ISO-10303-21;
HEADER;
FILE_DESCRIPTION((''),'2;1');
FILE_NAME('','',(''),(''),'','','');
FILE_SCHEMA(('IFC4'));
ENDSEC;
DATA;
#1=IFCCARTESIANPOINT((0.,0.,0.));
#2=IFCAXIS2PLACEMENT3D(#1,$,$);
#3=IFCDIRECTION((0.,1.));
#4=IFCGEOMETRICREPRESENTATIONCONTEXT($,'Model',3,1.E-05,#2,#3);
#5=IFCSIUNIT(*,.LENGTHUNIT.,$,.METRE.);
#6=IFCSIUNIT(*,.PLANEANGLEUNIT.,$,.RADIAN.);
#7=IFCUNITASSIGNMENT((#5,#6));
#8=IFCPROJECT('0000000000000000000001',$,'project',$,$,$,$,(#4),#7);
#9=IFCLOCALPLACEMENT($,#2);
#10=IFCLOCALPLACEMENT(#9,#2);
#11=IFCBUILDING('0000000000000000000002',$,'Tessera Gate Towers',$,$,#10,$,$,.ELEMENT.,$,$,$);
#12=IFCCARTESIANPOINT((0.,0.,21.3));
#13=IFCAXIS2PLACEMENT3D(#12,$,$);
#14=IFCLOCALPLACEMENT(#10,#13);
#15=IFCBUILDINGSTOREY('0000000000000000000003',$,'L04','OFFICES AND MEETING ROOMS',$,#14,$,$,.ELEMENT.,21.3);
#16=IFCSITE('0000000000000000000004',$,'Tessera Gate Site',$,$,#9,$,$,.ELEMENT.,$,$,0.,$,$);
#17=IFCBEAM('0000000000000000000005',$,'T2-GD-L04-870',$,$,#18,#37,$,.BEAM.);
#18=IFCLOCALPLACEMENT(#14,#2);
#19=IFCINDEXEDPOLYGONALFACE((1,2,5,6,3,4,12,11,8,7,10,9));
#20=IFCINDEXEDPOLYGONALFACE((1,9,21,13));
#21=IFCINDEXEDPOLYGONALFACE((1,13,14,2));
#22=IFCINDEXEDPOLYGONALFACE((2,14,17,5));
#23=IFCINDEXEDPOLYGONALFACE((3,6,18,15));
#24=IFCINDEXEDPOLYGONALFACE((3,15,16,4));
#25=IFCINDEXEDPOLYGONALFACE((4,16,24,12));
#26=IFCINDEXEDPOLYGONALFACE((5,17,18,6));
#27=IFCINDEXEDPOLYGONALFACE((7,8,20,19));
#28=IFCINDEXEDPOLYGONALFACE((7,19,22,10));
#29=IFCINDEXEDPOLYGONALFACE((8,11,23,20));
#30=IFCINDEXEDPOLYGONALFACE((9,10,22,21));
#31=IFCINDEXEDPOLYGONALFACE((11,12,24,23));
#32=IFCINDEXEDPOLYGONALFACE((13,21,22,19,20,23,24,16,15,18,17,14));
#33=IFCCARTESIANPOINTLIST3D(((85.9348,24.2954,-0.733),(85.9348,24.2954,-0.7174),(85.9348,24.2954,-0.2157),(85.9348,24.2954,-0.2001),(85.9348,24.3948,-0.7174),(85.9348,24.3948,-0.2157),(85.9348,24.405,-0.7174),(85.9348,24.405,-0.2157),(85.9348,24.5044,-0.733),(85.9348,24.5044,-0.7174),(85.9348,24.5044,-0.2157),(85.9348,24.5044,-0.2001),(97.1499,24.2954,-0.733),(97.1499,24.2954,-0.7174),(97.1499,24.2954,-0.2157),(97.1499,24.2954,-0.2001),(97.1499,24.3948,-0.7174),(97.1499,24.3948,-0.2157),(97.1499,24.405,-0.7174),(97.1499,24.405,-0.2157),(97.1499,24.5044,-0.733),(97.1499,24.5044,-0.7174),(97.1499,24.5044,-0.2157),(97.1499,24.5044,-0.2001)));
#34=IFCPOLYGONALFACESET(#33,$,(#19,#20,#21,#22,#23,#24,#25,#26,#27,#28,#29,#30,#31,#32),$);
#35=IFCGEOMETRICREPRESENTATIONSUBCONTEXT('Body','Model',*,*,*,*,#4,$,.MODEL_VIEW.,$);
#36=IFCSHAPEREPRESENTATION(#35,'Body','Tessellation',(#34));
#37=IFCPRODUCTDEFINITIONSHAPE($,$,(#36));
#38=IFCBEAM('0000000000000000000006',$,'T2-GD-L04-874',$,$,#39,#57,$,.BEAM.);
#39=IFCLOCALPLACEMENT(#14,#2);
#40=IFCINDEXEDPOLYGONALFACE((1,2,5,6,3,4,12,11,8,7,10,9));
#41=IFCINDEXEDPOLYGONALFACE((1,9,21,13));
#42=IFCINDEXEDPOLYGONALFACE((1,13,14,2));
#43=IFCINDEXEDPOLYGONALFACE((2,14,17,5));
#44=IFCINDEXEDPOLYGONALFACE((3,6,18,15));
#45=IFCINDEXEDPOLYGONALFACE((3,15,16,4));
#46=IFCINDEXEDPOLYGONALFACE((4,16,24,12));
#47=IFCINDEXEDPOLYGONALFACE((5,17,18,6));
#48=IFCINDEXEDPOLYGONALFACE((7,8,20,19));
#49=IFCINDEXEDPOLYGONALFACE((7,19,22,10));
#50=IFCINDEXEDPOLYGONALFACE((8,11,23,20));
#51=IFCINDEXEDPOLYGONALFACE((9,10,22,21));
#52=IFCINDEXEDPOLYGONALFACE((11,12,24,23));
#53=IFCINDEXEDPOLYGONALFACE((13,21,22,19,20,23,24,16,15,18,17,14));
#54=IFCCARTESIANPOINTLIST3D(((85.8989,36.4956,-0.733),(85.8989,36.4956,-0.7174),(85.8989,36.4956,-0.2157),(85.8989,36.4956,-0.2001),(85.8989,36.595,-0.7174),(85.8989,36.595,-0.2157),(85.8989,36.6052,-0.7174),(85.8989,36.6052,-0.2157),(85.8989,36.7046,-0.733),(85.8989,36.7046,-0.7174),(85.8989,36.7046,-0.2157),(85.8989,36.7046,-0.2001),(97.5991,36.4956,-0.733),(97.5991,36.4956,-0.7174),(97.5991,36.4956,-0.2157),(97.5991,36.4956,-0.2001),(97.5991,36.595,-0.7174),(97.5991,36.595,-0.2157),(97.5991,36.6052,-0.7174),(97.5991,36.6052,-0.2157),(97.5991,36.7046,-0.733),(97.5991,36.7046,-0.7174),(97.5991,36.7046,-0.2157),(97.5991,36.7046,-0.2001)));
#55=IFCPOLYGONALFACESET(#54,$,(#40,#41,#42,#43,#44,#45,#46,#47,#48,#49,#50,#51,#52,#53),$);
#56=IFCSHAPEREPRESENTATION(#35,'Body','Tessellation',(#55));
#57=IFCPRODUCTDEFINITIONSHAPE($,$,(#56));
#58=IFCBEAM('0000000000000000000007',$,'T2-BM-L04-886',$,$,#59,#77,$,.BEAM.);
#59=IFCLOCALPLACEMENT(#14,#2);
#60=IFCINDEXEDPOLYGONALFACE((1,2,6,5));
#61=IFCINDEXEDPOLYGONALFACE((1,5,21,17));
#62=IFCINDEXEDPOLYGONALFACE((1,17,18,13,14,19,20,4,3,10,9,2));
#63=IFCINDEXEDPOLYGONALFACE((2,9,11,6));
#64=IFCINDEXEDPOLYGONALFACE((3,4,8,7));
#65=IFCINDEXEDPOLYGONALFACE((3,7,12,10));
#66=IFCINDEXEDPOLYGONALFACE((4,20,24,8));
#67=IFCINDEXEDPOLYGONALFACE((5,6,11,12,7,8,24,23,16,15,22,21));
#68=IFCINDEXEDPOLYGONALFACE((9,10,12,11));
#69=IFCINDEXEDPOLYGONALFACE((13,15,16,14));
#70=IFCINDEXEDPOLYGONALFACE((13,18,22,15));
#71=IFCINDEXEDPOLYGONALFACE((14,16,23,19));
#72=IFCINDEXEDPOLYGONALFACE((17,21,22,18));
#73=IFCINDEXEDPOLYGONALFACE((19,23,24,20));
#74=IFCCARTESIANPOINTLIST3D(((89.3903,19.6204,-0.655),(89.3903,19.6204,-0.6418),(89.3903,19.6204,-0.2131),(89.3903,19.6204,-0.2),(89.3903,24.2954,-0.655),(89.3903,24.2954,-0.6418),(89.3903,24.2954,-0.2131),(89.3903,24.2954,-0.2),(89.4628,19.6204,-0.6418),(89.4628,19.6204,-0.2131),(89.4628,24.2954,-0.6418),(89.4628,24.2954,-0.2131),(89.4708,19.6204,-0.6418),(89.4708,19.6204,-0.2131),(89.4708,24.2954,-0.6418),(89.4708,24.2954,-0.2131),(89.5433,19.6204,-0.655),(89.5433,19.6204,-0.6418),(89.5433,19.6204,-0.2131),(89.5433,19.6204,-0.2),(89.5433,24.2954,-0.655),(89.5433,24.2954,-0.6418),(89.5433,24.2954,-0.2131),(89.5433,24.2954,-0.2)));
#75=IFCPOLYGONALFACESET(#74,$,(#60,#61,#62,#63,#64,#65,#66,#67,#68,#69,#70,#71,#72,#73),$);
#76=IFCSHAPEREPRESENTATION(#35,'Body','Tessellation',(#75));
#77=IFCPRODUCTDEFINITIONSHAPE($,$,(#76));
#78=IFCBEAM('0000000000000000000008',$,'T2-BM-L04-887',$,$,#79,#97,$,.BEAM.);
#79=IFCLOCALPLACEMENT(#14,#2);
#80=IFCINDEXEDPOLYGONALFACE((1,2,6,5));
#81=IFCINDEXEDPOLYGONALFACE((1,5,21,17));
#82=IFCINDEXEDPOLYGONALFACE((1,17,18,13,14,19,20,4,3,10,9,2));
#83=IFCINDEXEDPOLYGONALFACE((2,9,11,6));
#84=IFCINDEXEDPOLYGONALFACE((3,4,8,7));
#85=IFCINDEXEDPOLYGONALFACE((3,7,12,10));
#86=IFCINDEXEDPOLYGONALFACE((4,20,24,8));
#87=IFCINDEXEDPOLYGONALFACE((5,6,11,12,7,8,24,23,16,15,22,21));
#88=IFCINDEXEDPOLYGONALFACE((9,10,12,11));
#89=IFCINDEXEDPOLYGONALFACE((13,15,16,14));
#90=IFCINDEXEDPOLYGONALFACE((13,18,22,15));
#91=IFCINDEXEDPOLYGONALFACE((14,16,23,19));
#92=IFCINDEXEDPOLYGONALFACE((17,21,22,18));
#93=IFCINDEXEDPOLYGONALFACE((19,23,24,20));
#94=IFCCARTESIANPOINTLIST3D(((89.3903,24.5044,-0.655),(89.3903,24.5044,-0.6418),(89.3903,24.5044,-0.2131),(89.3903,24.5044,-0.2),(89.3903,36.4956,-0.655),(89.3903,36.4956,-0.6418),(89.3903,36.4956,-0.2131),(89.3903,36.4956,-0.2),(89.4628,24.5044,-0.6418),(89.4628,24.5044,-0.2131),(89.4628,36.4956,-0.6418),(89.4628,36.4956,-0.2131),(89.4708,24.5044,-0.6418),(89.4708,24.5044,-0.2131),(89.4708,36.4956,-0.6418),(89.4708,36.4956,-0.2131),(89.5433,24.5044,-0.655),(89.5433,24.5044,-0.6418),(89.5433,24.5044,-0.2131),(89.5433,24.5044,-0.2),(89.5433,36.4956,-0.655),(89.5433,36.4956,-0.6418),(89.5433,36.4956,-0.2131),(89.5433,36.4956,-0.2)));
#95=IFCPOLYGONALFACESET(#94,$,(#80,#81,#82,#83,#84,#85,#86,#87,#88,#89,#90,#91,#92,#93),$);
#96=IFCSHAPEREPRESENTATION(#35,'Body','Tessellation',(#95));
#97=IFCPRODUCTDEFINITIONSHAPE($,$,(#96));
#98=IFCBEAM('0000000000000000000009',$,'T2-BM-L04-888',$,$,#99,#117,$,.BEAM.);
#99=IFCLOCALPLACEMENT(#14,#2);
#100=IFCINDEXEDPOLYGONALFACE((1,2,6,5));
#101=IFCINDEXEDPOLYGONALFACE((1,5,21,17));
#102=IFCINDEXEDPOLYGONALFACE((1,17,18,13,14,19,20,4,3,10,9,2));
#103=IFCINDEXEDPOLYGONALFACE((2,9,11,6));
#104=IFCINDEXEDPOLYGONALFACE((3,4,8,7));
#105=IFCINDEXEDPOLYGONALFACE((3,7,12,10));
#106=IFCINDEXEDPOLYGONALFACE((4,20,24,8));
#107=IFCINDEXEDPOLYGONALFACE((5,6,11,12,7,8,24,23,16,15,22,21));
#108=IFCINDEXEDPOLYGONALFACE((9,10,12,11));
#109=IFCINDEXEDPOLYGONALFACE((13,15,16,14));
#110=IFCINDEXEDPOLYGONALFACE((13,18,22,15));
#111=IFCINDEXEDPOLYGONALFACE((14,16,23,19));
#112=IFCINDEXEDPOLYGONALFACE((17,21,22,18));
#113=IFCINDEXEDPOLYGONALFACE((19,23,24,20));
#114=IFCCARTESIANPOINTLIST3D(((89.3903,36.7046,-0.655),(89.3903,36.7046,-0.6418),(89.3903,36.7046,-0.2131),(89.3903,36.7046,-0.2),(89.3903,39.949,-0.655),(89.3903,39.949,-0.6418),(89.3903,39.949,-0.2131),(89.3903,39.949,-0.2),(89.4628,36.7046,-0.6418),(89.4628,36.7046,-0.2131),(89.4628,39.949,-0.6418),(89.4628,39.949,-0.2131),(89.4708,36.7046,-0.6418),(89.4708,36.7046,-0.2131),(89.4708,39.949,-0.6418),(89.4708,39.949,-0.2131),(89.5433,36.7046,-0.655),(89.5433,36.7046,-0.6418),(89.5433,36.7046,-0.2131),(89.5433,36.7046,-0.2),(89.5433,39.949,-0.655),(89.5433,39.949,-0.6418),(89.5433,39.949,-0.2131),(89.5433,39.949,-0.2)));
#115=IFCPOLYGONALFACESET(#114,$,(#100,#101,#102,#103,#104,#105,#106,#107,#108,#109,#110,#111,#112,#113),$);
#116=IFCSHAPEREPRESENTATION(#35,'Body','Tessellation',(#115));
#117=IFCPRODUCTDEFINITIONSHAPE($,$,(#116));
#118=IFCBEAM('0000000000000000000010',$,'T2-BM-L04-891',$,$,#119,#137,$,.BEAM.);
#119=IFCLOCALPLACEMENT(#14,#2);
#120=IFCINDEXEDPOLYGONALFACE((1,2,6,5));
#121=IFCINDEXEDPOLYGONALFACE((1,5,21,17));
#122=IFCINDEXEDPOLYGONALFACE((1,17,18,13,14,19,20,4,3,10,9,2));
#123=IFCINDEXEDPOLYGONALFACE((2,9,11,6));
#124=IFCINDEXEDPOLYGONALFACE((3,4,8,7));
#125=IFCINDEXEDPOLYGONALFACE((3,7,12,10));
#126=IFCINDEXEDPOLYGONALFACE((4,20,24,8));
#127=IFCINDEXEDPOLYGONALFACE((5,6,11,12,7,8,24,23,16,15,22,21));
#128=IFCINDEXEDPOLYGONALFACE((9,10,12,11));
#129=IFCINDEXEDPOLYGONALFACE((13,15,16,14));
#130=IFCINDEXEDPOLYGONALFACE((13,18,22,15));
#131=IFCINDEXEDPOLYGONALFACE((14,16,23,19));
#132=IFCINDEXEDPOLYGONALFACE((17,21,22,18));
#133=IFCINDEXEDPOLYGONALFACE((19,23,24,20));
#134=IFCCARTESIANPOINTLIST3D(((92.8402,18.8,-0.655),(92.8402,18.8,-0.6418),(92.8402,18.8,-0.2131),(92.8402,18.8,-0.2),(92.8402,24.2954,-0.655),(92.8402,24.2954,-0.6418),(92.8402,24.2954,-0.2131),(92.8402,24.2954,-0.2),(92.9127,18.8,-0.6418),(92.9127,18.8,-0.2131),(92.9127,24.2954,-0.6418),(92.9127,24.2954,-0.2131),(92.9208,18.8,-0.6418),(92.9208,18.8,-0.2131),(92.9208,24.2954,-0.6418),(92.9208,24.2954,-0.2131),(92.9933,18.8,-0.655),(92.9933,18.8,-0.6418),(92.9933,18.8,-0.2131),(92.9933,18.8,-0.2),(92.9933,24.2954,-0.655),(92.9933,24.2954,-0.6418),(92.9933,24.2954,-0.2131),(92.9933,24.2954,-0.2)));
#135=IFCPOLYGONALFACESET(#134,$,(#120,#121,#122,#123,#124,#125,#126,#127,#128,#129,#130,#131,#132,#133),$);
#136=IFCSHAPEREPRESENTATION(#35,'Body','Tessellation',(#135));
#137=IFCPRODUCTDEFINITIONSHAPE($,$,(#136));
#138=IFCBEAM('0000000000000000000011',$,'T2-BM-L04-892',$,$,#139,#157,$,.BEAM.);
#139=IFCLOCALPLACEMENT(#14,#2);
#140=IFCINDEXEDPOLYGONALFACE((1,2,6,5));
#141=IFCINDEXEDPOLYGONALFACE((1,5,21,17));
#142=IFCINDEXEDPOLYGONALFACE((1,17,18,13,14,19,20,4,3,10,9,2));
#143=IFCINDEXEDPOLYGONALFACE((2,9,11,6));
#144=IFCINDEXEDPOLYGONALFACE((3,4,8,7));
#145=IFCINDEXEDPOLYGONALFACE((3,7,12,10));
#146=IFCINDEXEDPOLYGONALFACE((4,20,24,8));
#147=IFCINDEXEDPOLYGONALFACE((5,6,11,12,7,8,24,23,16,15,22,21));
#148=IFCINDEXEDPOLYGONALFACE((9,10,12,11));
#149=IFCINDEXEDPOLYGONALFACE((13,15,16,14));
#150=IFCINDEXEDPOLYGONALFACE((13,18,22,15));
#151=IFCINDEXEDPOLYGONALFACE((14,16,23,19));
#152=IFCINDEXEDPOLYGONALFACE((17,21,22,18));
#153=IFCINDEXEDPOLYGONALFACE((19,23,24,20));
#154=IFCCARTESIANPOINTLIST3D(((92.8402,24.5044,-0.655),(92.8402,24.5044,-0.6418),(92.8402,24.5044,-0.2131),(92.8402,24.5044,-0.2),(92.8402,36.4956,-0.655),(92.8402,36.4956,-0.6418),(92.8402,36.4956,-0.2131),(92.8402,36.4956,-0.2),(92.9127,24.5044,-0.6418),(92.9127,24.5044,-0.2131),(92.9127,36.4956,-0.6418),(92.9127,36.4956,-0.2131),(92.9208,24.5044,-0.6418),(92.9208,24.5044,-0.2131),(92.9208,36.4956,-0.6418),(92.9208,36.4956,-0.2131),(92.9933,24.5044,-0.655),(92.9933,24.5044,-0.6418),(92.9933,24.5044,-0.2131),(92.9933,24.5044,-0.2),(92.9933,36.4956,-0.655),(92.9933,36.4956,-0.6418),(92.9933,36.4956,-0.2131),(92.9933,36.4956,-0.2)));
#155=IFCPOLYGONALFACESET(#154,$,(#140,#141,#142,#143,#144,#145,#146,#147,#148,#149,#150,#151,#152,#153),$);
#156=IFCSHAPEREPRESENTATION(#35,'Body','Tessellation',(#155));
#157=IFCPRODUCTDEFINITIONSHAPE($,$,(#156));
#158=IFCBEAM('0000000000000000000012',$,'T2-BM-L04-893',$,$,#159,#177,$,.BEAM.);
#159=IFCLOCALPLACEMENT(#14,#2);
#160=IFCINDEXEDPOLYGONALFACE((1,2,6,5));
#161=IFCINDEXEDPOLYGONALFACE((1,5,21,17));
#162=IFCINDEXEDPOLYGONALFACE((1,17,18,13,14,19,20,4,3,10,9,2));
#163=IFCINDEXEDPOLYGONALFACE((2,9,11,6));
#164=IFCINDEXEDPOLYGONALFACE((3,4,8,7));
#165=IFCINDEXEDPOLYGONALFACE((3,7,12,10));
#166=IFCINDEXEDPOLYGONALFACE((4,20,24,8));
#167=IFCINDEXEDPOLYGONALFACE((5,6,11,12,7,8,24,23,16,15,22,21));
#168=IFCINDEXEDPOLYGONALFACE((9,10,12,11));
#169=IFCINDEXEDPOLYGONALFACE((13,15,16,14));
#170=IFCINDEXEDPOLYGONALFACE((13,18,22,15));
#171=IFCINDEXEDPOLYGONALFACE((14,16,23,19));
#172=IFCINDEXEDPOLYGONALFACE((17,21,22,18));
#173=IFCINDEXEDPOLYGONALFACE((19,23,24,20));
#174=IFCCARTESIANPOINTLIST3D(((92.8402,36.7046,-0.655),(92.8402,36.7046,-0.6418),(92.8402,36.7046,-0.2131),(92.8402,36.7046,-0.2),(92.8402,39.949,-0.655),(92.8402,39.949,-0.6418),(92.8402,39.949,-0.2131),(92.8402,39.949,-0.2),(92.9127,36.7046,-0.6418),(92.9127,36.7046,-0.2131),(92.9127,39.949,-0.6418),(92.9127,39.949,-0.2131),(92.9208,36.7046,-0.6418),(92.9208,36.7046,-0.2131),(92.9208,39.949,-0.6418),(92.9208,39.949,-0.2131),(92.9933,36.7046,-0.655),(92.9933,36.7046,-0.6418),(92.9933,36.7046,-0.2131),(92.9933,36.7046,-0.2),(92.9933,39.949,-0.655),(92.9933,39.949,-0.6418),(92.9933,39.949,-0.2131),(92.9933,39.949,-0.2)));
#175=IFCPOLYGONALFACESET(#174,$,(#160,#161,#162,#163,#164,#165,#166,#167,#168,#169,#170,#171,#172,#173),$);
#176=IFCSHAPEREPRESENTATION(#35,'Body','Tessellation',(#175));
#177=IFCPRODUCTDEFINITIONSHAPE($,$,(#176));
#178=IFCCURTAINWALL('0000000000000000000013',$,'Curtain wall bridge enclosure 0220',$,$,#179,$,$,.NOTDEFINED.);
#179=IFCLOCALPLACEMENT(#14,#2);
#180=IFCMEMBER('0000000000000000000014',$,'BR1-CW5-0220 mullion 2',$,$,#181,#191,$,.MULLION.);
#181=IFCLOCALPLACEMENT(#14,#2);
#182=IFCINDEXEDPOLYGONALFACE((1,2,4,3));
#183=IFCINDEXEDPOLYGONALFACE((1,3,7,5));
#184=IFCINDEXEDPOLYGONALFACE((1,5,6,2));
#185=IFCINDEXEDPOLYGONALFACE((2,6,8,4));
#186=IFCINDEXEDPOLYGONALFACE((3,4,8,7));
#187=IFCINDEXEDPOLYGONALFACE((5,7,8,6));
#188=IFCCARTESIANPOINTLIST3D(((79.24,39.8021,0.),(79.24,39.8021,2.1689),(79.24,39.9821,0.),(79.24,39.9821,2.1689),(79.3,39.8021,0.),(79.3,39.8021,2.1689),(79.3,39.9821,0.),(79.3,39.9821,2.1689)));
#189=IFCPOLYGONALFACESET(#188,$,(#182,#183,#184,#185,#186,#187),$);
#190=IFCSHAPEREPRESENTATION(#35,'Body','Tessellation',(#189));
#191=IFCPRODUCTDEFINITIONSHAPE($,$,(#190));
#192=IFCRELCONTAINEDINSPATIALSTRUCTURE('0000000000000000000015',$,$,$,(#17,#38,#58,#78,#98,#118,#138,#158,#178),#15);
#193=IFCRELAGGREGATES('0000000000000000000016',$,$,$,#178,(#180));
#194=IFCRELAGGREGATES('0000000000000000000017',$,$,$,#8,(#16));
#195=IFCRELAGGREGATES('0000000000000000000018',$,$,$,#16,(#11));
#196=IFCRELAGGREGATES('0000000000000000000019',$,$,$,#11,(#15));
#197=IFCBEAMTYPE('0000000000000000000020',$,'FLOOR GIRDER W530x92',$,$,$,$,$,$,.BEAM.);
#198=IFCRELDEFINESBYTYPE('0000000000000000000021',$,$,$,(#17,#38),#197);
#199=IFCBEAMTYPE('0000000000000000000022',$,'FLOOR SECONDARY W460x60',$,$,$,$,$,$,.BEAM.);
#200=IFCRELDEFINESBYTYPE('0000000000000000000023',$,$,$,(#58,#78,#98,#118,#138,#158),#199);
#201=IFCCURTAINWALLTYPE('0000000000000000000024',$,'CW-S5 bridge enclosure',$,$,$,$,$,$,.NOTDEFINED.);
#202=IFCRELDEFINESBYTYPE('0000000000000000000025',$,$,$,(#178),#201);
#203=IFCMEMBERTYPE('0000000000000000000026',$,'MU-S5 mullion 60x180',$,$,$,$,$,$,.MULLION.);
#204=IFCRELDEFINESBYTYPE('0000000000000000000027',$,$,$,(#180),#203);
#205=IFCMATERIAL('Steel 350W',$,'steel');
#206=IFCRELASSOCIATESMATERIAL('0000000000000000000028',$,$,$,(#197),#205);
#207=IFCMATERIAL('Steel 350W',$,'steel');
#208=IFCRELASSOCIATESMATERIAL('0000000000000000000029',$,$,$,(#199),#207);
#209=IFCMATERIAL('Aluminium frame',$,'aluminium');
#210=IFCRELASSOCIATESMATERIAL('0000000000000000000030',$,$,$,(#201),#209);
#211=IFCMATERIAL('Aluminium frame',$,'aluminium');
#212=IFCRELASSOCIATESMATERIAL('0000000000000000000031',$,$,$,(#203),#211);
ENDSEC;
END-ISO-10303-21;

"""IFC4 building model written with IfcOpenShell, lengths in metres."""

from ifc_helpers import new_model, si_unit, direction, frame, origin, origin_2d, place, context, subcontext, project, spatial, rectangle, i_section, extrude, material, material_profile, profile_set, type_object, element, aggregate, save


model = new_model("IFC4")

# Units and contexts
model_context = context("Model", 3, precision=1e-05, world=origin(), true_north=direction((0.0, 1.0)))
body_context = subcontext(model_context, "Body", "Model", "MODEL_VIEW")
ifc_project = project(units=[si_unit("LENGTHUNIT", "METRE"), si_unit("PLANEANGLEUNIT", "RADIAN")], contexts=[model_context])

# Site, building, storey
site_placement = place(None, origin())
site = spatial("IfcSite", under=ifc_project, at=site_placement, Name="Tessera Gate Site", CompositionType="ELEMENT", RefElevation=0.0)
building_placement = place(site_placement, origin())
building = spatial("IfcBuilding", under=site, at=building_placement, Name="Tessera Gate Towers", CompositionType="ELEMENT")
storey_placement = place(building_placement, frame((0.0, 0.0, 21.3)))
storey = spatial("IfcBuildingStorey", under=building, at=storey_placement, Name="L04", Description="OFFICES AND MEETING ROOMS", CompositionType="ELEMENT", Elevation=21.3)

# Beams
ifc_material_1 = material(Name="Steel 350W", Category="steel")
ifc_material_profile_1 = material_profile(ifc_material_1, i_section(OverallWidth=0.209, OverallDepth=0.533, WebThickness=0.0103, FlangeThickness=0.0156, at=origin_2d()), Name="W530x92")
ifc_profile_set_1 = profile_set([ifc_material_profile_1], Name="Steel 350W")
beam_type_1 = type_object("IfcBeamType", Name="FLOOR GIRDER W530x92", PredefinedType="BEAM", material=ifc_profile_set_1)
beam_1_placement = place(storey_placement, frame((85.9348, 24.3999, -0.4666), z_axis=(1.0, 0.0, 0.0), x_axis=(0.0, 1.0, 0.0)))
element("IfcBeam", 1, at=beam_1_placement, inside=storey, type_object=beam_type_1, Name="T2-GD-L04-870", PredefinedType="BEAM", context=body_context, shape_type="SweptSolid", body=[
    extrude(i_section(OverallWidth=0.209, OverallDepth=0.533, WebThickness=0.0103, FlangeThickness=0.0156, at=origin_2d()), origin(), (0.0, 0.0, 1.0), 11.2151),
])
beam_2_placement = place(storey_placement, frame((85.8989, 36.6001, -0.4666), z_axis=(1.0, 0.0, 0.0), x_axis=(0.0, 1.0, 0.0)))
element("IfcBeam", 2, at=beam_2_placement, inside=storey, type_object=beam_type_1, Name="T2-GD-L04-874", PredefinedType="BEAM", context=body_context, shape_type="SweptSolid", body=[
    extrude(i_section(OverallWidth=0.209, OverallDepth=0.533, WebThickness=0.0103, FlangeThickness=0.0156, at=origin_2d()), origin(), (0.0, 0.0, 1.0), 11.7002),
])
ifc_material_2 = material(Name="Steel 350W", Category="steel")
ifc_material_profile_2 = material_profile(ifc_material_2, i_section(OverallWidth=0.1531, OverallDepth=0.4551, WebThickness=0.0081, FlangeThickness=0.0132, at=origin_2d()), Name="W460x60")
ifc_profile_set_2 = profile_set([ifc_material_profile_2], Name="Steel 350W")
beam_type_2 = type_object("IfcBeamType", Name="FLOOR SECONDARY W460x60", PredefinedType="BEAM", material=ifc_profile_set_2)
beam_3_placement = place(storey_placement, frame((89.4668, 19.6204, -0.4275), z_axis=(0.0, 1.0, 0.0), x_axis=(-1.0, 0.0, 0.0)))
element("IfcBeam", 3, at=beam_3_placement, inside=storey, type_object=beam_type_2, Name="T2-BM-L04-886", PredefinedType="BEAM", context=body_context, shape_type="SweptSolid", body=[
    extrude(i_section(OverallWidth=0.1531, OverallDepth=0.4551, WebThickness=0.0081, FlangeThickness=0.0132, at=origin_2d()), origin(), (0.0, 0.0, 1.0), 4.675),
])
beam_4_placement = place(storey_placement, frame((89.4668, 24.5044, -0.4275), z_axis=(0.0, 1.0, 0.0), x_axis=(-1.0, 0.0, 0.0)))
element("IfcBeam", 4, at=beam_4_placement, inside=storey, type_object=beam_type_2, Name="T2-BM-L04-887", PredefinedType="BEAM", context=body_context, shape_type="SweptSolid", body=[
    extrude(i_section(OverallWidth=0.1531, OverallDepth=0.4551, WebThickness=0.0081, FlangeThickness=0.0132, at=origin_2d()), origin(), (0.0, 0.0, 1.0), 11.9912),
])
beam_5_placement = place(storey_placement, frame((89.4668, 36.7046, -0.4275), z_axis=(0.0, 1.0, 0.0), x_axis=(-1.0, 0.0, 0.0)))
element("IfcBeam", 5, at=beam_5_placement, inside=storey, type_object=beam_type_2, Name="T2-BM-L04-888", PredefinedType="BEAM", context=body_context, shape_type="SweptSolid", body=[
    extrude(i_section(OverallWidth=0.1531, OverallDepth=0.4551, WebThickness=0.0081, FlangeThickness=0.0132, at=origin_2d()), origin(), (0.0, 0.0, 1.0), 3.2444),
])
beam_6_placement = place(storey_placement, frame((92.9167, 18.8, -0.4275), z_axis=(0.0, 1.0, 0.0), x_axis=(-1.0, 0.0, 0.0)))
element("IfcBeam", 6, at=beam_6_placement, inside=storey, type_object=beam_type_2, Name="T2-BM-L04-891", PredefinedType="BEAM", context=body_context, shape_type="SweptSolid", body=[
    extrude(i_section(OverallWidth=0.1531, OverallDepth=0.4551, WebThickness=0.0081, FlangeThickness=0.0132, at=origin_2d()), origin(), (0.0, 0.0, 1.0), 5.4954),
])
beam_7_placement = place(storey_placement, frame((92.9167, 24.5044, -0.4275), z_axis=(0.0, 1.0, 0.0), x_axis=(-1.0, 0.0, 0.0)))
element("IfcBeam", 7, at=beam_7_placement, inside=storey, type_object=beam_type_2, Name="T2-BM-L04-892", PredefinedType="BEAM", context=body_context, shape_type="SweptSolid", body=[
    extrude(i_section(OverallWidth=0.1531, OverallDepth=0.4551, WebThickness=0.0081, FlangeThickness=0.0132, at=origin_2d()), origin(), (0.0, 0.0, 1.0), 11.9912),
])
beam_8_placement = place(storey_placement, frame((92.9167, 36.7046, -0.4275), z_axis=(0.0, 1.0, 0.0), x_axis=(-1.0, 0.0, 0.0)))
element("IfcBeam", 8, at=beam_8_placement, inside=storey, type_object=beam_type_2, Name="T2-BM-L04-893", PredefinedType="BEAM", context=body_context, shape_type="SweptSolid", body=[
    extrude(i_section(OverallWidth=0.1531, OverallDepth=0.4551, WebThickness=0.0081, FlangeThickness=0.0132, at=origin_2d()), origin(), (0.0, 0.0, 1.0), 3.2444),
])

# Curtain wall, member
ifc_material_3 = material(Name="Aluminium frame", Category="aluminium")
curtain_wall_type = type_object("IfcCurtainWallType", Name="CW-S5 bridge enclosure", PredefinedType="NOTDEFINED", material=ifc_material_3)
curtain_wall_1_placement = place(storey_placement, origin())
curtain_wall_1 = element("IfcCurtainWall", 9, at=curtain_wall_1_placement, inside=storey, type_object=curtain_wall_type, Name="Curtain wall bridge enclosure 0220", PredefinedType="NOTDEFINED")
ifc_material_4 = material(Name="Aluminium frame", Category="aluminium")
ifc_material_profile_3 = material_profile(ifc_material_4, rectangle(XDim=0.0601, YDim=0.1799, at=origin_2d()), Name="AL 60x180")
ifc_profile_set_3 = profile_set([ifc_material_profile_3], Name="Aluminium frame")
member_type_1 = type_object("IfcMemberType", Name="MU-S5 mullion 60x180", PredefinedType="MULLION", material=ifc_profile_set_3)
member_1_placement = place(storey_placement, frame((79.27, 39.8921, 0.0), z_axis=(0.0, 0.0, 1.0), x_axis=(1.0, 0.0, 0.0)))
member_1 = element("IfcMember", 10, at=member_1_placement, type_object=member_type_1, Name="BR1-CW5-0220 mullion 2", PredefinedType="MULLION", context=body_context, shape_type="SweptSolid", body=[
    extrude(rectangle(XDim=0.0601, YDim=0.1799, at=origin_2d()), origin(), (0.0, 0.0, 1.0), 2.1689),
])
aggregate(curtain_wall_1, [member_1])

save(model, "model.ifc")
